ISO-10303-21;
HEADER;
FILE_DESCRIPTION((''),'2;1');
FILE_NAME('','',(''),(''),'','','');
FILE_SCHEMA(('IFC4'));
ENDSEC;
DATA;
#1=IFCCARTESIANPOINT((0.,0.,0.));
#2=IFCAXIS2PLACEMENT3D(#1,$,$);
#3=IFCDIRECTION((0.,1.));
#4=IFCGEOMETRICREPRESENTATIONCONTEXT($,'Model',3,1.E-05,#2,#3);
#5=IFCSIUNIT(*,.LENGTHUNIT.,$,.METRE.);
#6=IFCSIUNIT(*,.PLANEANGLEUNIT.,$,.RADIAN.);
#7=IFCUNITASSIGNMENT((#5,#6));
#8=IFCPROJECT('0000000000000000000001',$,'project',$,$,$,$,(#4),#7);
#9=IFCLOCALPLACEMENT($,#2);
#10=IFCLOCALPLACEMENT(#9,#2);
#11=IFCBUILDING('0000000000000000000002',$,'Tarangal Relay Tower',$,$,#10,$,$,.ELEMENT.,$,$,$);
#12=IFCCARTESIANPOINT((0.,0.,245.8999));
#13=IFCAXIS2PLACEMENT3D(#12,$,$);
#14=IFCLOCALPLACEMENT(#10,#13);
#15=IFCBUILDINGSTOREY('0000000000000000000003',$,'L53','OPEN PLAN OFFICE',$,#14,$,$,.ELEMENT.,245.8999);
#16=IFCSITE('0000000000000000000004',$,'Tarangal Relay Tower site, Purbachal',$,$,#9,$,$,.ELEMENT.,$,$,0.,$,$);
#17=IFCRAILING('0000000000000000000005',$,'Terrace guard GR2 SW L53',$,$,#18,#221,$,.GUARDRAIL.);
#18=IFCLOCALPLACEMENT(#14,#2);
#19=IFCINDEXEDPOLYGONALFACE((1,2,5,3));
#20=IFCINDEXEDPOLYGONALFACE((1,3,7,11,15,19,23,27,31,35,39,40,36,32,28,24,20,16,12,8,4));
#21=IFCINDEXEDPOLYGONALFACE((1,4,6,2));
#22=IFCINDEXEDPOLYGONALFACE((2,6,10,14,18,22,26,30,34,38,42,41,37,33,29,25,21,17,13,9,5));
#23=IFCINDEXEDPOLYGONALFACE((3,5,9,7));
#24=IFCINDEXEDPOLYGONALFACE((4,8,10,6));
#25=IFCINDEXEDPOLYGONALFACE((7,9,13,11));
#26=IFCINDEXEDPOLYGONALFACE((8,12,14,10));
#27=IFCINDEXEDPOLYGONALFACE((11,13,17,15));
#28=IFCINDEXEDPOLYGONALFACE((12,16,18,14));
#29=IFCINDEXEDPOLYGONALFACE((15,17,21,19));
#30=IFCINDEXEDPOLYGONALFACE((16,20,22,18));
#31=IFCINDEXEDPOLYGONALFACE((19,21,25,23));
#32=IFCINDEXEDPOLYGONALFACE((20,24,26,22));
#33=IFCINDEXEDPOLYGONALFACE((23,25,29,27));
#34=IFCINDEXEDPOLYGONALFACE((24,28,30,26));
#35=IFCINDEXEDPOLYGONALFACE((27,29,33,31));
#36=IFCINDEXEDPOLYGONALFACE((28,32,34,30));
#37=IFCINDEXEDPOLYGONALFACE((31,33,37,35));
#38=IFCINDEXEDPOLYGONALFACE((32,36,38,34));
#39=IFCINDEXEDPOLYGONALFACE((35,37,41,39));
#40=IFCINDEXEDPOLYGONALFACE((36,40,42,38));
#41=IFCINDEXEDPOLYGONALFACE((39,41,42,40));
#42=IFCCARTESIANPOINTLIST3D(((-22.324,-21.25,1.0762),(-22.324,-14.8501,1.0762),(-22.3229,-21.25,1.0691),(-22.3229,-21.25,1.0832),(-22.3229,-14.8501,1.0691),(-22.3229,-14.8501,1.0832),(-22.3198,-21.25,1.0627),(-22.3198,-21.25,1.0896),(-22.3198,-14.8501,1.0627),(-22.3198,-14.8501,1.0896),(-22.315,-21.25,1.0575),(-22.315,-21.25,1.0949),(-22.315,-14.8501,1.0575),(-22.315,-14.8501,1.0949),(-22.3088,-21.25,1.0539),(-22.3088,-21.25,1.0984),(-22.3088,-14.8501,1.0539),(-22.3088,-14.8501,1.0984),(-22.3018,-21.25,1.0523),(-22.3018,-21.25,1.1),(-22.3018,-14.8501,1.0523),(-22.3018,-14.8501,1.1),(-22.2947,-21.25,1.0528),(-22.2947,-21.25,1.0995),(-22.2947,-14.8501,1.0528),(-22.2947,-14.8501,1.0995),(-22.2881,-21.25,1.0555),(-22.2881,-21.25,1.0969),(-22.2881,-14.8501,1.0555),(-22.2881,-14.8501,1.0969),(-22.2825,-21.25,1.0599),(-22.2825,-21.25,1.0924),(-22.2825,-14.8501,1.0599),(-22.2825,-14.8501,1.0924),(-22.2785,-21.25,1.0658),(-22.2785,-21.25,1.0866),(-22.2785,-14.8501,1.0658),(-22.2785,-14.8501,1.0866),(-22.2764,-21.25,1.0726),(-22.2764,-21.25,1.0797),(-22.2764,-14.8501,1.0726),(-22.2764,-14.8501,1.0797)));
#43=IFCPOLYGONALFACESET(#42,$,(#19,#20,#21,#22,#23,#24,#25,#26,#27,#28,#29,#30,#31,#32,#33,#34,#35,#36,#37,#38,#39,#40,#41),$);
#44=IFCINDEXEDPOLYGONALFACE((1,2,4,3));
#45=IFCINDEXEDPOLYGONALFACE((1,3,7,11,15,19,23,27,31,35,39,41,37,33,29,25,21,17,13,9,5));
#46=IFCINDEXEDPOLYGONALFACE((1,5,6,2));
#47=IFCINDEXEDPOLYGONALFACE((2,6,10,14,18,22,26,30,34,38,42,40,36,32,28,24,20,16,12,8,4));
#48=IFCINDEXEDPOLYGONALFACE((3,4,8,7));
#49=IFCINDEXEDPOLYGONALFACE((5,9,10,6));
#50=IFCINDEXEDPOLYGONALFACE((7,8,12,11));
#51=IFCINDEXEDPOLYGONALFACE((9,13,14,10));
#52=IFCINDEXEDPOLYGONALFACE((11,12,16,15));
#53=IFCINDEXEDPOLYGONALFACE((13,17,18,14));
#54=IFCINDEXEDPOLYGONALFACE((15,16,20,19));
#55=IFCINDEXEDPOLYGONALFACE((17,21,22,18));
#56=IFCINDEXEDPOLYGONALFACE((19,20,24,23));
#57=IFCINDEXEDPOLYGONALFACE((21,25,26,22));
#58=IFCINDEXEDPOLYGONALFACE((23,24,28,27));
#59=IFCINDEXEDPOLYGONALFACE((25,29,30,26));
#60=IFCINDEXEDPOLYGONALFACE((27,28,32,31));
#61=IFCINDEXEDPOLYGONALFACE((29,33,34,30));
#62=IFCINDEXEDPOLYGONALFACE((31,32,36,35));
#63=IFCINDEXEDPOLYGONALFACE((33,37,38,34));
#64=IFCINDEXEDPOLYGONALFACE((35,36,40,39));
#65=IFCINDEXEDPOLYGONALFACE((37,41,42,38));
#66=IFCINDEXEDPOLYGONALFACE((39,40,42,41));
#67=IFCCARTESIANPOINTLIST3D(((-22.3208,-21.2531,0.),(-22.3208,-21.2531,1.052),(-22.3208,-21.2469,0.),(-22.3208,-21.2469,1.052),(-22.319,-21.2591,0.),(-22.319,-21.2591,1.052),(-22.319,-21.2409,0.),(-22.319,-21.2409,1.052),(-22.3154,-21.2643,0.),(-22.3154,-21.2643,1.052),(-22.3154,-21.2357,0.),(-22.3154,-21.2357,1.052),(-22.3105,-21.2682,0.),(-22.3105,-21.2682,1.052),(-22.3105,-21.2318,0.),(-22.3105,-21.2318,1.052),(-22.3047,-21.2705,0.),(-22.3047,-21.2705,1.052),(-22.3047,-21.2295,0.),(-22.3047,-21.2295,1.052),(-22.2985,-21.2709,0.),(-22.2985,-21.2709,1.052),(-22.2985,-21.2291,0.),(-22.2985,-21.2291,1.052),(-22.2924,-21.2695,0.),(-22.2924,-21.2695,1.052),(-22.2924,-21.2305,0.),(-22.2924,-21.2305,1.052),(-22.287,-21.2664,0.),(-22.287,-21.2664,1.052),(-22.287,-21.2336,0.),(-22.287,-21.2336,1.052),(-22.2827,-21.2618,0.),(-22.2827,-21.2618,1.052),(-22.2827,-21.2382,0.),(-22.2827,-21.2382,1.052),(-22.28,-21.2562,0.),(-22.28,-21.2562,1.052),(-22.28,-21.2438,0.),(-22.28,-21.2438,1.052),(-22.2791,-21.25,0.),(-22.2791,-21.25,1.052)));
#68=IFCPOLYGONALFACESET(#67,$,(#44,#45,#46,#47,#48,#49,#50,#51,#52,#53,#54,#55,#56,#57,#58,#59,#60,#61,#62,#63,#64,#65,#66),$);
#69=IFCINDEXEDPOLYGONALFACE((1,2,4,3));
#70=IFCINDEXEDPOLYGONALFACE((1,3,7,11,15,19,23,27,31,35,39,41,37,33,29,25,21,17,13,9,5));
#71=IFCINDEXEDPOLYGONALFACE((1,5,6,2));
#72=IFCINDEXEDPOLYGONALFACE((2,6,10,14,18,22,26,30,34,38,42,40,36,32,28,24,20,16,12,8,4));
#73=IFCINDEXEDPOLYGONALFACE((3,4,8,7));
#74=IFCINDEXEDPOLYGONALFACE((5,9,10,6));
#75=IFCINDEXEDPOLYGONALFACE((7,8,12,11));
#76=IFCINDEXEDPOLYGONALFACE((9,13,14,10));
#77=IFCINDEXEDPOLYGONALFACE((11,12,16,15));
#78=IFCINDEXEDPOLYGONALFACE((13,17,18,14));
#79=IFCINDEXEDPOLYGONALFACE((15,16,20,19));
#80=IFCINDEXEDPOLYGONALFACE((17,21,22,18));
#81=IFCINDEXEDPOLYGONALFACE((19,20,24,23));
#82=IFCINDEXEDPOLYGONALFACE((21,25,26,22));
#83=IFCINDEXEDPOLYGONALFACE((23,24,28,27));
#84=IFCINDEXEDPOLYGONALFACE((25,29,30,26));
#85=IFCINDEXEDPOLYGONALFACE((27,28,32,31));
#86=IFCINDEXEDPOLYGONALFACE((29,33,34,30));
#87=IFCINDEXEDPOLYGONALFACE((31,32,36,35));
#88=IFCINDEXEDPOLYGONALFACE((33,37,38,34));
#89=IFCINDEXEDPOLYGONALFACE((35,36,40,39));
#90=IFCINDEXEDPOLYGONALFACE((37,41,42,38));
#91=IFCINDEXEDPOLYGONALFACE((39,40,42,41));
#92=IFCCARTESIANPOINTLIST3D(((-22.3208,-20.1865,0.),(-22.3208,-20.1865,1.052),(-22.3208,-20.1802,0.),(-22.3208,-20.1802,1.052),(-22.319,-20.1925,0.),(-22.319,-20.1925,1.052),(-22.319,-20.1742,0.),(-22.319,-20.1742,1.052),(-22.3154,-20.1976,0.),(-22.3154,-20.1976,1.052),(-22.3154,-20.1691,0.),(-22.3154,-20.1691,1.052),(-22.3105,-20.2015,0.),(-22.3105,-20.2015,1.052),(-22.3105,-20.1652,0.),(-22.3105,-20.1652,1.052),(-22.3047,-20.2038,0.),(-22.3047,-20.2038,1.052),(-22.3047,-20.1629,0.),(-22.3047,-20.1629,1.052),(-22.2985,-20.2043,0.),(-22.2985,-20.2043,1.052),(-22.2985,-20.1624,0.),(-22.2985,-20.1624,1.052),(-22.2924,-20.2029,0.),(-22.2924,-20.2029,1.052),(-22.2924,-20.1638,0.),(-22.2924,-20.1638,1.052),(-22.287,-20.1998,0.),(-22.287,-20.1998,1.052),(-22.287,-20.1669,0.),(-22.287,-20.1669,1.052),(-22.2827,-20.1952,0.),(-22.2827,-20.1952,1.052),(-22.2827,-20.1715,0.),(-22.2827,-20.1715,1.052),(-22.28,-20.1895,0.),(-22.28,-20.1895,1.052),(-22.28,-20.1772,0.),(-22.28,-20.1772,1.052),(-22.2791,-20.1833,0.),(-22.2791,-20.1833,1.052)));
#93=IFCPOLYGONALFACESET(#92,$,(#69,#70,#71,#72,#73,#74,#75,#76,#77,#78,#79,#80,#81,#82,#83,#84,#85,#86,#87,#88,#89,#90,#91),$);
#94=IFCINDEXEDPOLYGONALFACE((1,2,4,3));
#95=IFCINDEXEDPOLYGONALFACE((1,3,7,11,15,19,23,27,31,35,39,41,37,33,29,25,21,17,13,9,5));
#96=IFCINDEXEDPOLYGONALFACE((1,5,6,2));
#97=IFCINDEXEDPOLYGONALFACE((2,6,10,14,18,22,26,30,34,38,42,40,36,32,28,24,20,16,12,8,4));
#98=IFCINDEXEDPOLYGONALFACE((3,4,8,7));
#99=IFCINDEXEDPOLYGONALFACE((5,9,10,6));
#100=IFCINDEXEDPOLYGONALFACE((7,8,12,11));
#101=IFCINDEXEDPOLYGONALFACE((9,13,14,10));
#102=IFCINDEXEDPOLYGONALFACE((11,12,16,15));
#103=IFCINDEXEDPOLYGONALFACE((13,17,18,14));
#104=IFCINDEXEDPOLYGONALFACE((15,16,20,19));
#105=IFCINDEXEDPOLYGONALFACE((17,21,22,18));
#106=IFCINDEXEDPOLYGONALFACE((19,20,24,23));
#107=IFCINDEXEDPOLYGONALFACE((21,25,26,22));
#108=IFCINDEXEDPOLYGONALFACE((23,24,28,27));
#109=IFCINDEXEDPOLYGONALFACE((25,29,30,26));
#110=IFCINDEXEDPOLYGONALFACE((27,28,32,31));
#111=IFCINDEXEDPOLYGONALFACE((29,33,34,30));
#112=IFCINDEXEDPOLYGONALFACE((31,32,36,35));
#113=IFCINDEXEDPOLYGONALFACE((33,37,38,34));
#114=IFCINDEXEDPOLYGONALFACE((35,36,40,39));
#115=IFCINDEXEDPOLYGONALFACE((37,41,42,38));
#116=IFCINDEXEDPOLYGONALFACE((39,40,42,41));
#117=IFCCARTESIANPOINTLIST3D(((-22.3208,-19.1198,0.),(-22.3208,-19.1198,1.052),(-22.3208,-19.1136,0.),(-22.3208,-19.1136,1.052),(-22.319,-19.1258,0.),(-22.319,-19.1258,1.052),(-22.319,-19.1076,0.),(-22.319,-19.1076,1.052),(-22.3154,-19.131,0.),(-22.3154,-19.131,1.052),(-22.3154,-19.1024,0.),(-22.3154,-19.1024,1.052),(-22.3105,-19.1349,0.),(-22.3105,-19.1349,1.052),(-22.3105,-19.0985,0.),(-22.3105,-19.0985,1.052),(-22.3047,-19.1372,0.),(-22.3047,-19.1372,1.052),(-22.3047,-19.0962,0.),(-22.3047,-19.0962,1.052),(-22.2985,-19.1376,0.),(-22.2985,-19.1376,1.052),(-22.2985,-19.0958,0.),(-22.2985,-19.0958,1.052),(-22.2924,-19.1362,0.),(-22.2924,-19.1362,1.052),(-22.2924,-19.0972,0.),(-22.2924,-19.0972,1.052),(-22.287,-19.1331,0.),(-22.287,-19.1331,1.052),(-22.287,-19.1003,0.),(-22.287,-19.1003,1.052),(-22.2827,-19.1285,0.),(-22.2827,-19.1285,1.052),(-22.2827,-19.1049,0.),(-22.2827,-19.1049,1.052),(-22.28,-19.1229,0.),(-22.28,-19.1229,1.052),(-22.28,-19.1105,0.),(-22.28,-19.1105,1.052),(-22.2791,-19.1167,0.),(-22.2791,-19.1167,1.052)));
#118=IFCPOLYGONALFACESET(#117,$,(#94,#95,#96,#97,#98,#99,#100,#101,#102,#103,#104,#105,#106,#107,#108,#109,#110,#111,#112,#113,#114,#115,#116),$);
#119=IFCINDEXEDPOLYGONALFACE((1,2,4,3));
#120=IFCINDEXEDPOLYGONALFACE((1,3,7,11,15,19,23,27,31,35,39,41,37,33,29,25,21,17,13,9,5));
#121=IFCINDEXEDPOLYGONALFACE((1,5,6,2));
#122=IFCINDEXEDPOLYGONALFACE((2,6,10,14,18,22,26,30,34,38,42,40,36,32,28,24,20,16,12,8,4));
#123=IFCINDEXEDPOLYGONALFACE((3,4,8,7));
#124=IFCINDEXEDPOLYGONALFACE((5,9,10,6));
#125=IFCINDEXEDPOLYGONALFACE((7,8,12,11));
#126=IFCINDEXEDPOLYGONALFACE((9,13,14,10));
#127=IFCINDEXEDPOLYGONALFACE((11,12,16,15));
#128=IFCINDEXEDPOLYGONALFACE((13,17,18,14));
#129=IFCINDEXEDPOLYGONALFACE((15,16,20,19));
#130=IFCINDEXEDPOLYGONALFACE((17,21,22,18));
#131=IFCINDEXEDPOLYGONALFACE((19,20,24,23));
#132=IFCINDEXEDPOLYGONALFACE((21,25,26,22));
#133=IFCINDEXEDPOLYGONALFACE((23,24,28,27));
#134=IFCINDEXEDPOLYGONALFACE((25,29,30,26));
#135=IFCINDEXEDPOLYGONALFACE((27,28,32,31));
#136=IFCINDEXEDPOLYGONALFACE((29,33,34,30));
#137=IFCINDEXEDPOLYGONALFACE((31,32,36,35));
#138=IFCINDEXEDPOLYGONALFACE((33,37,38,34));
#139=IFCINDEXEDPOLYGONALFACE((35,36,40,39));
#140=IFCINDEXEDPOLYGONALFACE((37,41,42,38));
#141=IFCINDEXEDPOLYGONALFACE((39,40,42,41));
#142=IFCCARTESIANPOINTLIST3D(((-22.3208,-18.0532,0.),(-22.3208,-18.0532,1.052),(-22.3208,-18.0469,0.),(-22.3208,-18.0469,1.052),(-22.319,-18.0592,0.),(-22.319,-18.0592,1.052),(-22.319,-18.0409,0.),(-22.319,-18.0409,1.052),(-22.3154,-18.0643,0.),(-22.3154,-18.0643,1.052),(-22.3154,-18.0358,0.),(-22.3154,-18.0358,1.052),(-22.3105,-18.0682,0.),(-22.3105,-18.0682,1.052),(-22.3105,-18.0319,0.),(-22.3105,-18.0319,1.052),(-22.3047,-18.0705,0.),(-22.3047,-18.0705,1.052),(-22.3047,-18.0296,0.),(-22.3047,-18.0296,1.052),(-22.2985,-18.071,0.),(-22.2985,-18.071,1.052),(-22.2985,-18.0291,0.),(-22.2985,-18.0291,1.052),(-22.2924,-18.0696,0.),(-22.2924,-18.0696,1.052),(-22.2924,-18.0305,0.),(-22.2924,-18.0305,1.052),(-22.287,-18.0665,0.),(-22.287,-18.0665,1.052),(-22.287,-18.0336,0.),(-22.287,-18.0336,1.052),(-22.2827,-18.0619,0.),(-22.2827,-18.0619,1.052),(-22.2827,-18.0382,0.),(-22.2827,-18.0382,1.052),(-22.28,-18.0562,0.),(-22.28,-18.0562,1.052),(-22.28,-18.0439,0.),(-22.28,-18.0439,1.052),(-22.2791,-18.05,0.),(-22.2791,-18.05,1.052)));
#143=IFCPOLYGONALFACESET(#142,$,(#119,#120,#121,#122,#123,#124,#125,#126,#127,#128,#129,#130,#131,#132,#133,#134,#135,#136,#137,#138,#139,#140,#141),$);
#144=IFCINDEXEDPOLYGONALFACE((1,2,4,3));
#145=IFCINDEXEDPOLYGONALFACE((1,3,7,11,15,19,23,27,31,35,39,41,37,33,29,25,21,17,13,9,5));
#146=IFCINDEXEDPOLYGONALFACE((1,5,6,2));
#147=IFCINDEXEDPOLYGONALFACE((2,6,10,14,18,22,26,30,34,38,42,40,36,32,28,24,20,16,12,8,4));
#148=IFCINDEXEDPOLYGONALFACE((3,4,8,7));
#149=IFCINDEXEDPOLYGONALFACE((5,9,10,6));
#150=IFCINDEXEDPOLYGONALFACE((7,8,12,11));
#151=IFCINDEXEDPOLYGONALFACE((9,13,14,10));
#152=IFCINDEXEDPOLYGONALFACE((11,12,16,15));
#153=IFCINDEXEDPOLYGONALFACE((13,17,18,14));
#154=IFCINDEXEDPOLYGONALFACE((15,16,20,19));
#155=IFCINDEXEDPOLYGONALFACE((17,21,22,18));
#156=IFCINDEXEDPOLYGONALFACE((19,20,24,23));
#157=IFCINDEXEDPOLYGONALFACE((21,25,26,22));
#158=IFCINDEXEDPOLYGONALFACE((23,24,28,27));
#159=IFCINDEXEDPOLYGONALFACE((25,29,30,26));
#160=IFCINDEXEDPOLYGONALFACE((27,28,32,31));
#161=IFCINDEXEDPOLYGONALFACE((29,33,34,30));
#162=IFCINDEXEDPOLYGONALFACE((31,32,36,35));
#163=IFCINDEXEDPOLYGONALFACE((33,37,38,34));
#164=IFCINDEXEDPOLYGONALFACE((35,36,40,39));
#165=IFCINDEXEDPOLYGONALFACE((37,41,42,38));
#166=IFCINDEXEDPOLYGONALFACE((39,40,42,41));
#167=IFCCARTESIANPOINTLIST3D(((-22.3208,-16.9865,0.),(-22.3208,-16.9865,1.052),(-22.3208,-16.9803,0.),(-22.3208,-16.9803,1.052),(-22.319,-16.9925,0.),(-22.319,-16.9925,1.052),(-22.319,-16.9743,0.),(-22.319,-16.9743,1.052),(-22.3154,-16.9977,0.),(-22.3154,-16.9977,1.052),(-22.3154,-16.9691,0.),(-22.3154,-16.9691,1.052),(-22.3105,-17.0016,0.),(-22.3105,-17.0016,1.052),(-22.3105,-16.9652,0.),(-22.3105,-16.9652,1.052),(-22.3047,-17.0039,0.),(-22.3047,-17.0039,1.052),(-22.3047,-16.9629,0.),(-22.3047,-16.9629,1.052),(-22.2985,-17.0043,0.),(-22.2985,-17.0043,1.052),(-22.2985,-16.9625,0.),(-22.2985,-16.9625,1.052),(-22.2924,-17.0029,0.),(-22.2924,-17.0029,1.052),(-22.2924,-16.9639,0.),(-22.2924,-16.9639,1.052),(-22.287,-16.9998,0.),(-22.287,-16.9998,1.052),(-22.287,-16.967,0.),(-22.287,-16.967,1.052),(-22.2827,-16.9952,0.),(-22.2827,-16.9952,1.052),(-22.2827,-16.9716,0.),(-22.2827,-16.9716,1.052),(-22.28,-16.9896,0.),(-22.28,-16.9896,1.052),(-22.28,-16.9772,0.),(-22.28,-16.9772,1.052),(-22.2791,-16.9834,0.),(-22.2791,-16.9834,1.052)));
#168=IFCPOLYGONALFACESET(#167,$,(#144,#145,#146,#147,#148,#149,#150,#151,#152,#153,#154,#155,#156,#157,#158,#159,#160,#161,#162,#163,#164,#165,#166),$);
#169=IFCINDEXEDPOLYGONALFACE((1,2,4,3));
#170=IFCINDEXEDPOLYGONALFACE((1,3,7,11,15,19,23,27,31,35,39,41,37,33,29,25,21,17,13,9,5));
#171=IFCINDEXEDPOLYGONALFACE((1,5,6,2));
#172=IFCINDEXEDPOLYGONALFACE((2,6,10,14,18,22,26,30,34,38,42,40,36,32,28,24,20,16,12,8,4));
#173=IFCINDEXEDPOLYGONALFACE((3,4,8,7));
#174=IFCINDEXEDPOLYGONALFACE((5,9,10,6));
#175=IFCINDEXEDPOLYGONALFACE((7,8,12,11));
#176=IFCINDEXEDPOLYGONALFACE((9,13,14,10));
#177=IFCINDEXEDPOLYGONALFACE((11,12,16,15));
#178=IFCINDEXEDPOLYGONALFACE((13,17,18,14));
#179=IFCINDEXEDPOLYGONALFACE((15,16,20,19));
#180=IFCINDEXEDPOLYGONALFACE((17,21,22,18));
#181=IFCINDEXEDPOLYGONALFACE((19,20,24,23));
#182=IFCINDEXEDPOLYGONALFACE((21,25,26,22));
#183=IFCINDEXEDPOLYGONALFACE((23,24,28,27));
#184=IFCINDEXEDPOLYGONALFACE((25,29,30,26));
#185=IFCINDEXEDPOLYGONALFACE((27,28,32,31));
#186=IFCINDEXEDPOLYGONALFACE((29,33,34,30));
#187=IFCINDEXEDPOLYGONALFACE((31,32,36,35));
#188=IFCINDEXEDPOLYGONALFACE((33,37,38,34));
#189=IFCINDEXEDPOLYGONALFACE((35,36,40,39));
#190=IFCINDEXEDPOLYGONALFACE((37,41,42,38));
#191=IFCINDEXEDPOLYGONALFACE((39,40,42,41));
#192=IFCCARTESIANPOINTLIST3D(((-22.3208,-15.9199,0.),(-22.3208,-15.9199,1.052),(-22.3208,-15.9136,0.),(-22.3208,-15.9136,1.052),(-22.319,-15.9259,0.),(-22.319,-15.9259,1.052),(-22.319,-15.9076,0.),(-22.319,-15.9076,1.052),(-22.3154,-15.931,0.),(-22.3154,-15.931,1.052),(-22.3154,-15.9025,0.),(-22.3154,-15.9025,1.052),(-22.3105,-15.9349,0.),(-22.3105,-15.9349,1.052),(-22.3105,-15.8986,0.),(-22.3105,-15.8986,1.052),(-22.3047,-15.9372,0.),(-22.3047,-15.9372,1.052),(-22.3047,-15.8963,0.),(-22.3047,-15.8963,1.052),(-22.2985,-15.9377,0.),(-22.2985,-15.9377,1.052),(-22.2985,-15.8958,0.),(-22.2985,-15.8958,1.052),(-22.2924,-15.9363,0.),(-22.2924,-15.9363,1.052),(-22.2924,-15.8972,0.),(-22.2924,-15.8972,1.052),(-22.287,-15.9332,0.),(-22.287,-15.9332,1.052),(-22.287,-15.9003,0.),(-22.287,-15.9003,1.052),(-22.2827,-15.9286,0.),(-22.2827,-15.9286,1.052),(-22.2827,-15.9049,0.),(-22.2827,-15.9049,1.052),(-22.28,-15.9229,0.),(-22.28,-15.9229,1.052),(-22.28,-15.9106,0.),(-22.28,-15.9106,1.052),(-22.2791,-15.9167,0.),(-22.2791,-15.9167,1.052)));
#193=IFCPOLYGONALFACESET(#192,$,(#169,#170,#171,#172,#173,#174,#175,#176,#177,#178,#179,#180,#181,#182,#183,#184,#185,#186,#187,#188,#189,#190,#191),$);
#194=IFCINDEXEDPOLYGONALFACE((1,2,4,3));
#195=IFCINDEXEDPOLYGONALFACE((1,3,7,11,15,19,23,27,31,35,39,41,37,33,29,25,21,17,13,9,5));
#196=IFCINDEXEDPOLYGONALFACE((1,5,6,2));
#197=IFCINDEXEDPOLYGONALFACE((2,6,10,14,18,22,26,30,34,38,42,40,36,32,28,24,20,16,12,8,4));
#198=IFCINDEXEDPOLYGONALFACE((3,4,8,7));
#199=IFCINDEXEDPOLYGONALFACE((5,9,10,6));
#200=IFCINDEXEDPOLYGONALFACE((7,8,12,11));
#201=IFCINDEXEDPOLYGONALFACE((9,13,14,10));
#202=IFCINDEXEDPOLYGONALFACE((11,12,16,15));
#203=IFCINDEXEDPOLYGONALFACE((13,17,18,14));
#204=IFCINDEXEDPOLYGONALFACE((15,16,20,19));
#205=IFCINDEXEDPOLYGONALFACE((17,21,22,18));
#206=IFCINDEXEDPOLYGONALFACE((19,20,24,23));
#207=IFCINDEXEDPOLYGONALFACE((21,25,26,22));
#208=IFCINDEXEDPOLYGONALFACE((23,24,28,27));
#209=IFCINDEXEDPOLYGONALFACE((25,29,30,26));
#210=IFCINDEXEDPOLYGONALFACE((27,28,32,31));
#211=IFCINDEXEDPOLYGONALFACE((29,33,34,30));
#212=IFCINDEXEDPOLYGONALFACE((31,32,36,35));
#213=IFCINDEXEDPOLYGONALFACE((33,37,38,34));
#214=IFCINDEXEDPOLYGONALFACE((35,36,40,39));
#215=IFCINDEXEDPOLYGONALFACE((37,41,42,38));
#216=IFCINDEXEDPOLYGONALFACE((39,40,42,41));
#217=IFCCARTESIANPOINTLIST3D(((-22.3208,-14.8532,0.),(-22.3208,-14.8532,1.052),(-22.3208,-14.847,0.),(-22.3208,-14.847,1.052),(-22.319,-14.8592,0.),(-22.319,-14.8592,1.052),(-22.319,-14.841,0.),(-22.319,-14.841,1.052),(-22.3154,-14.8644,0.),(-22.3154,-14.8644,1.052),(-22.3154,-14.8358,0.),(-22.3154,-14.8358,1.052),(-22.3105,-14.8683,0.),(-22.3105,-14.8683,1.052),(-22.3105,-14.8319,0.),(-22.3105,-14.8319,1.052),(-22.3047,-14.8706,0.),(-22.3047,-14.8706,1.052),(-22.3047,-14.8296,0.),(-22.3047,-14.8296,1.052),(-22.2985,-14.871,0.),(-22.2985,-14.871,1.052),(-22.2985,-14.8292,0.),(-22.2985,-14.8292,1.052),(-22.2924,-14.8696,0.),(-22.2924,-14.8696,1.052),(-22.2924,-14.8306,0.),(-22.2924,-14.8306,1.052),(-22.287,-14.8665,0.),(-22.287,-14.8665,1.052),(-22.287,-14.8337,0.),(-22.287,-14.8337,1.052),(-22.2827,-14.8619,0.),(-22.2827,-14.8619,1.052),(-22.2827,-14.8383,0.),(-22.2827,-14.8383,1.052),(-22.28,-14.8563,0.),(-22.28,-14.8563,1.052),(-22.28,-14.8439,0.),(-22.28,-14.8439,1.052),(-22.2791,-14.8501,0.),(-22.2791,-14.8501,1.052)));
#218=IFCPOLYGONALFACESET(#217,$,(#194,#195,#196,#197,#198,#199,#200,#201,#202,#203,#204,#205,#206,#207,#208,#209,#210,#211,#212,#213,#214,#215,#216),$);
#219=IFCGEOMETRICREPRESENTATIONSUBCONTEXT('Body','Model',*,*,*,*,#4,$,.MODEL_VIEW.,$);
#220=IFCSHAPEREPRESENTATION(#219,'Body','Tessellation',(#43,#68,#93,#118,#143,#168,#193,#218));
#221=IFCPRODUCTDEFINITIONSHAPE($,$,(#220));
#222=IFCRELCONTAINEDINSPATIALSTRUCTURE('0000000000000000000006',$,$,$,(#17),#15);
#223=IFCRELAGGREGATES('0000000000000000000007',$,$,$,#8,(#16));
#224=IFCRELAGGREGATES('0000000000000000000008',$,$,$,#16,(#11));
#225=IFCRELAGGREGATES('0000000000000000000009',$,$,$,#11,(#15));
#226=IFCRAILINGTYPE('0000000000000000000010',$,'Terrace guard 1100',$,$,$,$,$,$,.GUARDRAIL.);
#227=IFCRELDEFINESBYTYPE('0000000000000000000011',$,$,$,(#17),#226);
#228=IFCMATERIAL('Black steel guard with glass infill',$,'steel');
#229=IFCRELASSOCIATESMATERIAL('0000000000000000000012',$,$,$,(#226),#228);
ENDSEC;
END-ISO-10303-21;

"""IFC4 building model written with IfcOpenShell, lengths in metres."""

from ifc_helpers import new_model, si_unit, direction, frame, origin, origin_2d, place, context, subcontext, project, spatial, circle, extrude, material, type_object, element, save


model = new_model("IFC4")

# Units and contexts
model_context = context("Model", 3, precision=1e-05, world=origin(), true_north=direction((0.0, 1.0)))
body_context = subcontext(model_context, "Body", "Model", "MODEL_VIEW")
ifc_project = project(units=[si_unit("LENGTHUNIT", "METRE"), si_unit("PLANEANGLEUNIT", "RADIAN")], contexts=[model_context])

# Site, building, storey
site_placement = place(None, origin())
site = spatial("IfcSite", under=ifc_project, at=site_placement, Name="Tarangal Relay Tower site, Purbachal", CompositionType="ELEMENT", RefElevation=0.0)
building_placement = place(site_placement, origin())
building = spatial("IfcBuilding", under=site, at=building_placement, Name="Tarangal Relay Tower", CompositionType="ELEMENT")
storey_placement = place(building_placement, frame((0.0, 0.0, 245.8999)))
storey = spatial("IfcBuildingStorey", under=building, at=storey_placement, Name="L53", Description="OPEN PLAN OFFICE", CompositionType="ELEMENT", Elevation=245.8999)

# Railing
ifc_material_1 = material(Name="Black steel guard with glass infill", Category="steel")
railing_type = type_object("IfcRailingType", Name="Terrace guard 1100", PredefinedType="GUARDRAIL", material=ifc_material_1)
railing_1_placement = place(storey_placement, frame((-22.3, -21.25, 0.0)))
element("IfcRailing", 1, at=railing_1_placement, inside=storey, type_object=railing_type, Name="Terrace guard GR2 SW L53", PredefinedType="GUARDRAIL", context=body_context, shape_type="SweptSolid", body=[
    extrude(circle(Radius=0.0239, at=origin_2d()), frame((0.0, 0.0, 1.0762), z_axis=(0.0, 1.0, 0.0), x_axis=(-1.0, 0.0, 0.0)), (0.0, 0.0, 1.0), 6.3999),
    extrude(circle(Radius=0.021, at=origin_2d()), origin(), (0.0, 0.0, 1.0), 1.052),
    extrude(circle(Radius=0.021, at=origin_2d()), frame((0.0, 1.0667, 0.0)), (0.0, 0.0, 1.0), 1.052),
    extrude(circle(Radius=0.021, at=origin_2d()), frame((0.0, 2.1333, 0.0)), (0.0, 0.0, 1.0), 1.052),
    extrude(circle(Radius=0.021, at=origin_2d()), frame((0.0, 3.2, 0.0)), (0.0, 0.0, 1.0), 1.052),
    extrude(circle(Radius=0.021, at=origin_2d()), frame((0.0, 4.2666, 0.0)), (0.0, 0.0, 1.0), 1.052),
    extrude(circle(Radius=0.021, at=origin_2d()), frame((0.0, 5.3333, 0.0)), (0.0, 0.0, 1.0), 1.052),
    extrude(circle(Radius=0.021, at=origin_2d()), frame((0.0, 6.3999, 0.0)), (0.0, 0.0, 1.0), 1.052),
])

save(model, "model.ifc")
